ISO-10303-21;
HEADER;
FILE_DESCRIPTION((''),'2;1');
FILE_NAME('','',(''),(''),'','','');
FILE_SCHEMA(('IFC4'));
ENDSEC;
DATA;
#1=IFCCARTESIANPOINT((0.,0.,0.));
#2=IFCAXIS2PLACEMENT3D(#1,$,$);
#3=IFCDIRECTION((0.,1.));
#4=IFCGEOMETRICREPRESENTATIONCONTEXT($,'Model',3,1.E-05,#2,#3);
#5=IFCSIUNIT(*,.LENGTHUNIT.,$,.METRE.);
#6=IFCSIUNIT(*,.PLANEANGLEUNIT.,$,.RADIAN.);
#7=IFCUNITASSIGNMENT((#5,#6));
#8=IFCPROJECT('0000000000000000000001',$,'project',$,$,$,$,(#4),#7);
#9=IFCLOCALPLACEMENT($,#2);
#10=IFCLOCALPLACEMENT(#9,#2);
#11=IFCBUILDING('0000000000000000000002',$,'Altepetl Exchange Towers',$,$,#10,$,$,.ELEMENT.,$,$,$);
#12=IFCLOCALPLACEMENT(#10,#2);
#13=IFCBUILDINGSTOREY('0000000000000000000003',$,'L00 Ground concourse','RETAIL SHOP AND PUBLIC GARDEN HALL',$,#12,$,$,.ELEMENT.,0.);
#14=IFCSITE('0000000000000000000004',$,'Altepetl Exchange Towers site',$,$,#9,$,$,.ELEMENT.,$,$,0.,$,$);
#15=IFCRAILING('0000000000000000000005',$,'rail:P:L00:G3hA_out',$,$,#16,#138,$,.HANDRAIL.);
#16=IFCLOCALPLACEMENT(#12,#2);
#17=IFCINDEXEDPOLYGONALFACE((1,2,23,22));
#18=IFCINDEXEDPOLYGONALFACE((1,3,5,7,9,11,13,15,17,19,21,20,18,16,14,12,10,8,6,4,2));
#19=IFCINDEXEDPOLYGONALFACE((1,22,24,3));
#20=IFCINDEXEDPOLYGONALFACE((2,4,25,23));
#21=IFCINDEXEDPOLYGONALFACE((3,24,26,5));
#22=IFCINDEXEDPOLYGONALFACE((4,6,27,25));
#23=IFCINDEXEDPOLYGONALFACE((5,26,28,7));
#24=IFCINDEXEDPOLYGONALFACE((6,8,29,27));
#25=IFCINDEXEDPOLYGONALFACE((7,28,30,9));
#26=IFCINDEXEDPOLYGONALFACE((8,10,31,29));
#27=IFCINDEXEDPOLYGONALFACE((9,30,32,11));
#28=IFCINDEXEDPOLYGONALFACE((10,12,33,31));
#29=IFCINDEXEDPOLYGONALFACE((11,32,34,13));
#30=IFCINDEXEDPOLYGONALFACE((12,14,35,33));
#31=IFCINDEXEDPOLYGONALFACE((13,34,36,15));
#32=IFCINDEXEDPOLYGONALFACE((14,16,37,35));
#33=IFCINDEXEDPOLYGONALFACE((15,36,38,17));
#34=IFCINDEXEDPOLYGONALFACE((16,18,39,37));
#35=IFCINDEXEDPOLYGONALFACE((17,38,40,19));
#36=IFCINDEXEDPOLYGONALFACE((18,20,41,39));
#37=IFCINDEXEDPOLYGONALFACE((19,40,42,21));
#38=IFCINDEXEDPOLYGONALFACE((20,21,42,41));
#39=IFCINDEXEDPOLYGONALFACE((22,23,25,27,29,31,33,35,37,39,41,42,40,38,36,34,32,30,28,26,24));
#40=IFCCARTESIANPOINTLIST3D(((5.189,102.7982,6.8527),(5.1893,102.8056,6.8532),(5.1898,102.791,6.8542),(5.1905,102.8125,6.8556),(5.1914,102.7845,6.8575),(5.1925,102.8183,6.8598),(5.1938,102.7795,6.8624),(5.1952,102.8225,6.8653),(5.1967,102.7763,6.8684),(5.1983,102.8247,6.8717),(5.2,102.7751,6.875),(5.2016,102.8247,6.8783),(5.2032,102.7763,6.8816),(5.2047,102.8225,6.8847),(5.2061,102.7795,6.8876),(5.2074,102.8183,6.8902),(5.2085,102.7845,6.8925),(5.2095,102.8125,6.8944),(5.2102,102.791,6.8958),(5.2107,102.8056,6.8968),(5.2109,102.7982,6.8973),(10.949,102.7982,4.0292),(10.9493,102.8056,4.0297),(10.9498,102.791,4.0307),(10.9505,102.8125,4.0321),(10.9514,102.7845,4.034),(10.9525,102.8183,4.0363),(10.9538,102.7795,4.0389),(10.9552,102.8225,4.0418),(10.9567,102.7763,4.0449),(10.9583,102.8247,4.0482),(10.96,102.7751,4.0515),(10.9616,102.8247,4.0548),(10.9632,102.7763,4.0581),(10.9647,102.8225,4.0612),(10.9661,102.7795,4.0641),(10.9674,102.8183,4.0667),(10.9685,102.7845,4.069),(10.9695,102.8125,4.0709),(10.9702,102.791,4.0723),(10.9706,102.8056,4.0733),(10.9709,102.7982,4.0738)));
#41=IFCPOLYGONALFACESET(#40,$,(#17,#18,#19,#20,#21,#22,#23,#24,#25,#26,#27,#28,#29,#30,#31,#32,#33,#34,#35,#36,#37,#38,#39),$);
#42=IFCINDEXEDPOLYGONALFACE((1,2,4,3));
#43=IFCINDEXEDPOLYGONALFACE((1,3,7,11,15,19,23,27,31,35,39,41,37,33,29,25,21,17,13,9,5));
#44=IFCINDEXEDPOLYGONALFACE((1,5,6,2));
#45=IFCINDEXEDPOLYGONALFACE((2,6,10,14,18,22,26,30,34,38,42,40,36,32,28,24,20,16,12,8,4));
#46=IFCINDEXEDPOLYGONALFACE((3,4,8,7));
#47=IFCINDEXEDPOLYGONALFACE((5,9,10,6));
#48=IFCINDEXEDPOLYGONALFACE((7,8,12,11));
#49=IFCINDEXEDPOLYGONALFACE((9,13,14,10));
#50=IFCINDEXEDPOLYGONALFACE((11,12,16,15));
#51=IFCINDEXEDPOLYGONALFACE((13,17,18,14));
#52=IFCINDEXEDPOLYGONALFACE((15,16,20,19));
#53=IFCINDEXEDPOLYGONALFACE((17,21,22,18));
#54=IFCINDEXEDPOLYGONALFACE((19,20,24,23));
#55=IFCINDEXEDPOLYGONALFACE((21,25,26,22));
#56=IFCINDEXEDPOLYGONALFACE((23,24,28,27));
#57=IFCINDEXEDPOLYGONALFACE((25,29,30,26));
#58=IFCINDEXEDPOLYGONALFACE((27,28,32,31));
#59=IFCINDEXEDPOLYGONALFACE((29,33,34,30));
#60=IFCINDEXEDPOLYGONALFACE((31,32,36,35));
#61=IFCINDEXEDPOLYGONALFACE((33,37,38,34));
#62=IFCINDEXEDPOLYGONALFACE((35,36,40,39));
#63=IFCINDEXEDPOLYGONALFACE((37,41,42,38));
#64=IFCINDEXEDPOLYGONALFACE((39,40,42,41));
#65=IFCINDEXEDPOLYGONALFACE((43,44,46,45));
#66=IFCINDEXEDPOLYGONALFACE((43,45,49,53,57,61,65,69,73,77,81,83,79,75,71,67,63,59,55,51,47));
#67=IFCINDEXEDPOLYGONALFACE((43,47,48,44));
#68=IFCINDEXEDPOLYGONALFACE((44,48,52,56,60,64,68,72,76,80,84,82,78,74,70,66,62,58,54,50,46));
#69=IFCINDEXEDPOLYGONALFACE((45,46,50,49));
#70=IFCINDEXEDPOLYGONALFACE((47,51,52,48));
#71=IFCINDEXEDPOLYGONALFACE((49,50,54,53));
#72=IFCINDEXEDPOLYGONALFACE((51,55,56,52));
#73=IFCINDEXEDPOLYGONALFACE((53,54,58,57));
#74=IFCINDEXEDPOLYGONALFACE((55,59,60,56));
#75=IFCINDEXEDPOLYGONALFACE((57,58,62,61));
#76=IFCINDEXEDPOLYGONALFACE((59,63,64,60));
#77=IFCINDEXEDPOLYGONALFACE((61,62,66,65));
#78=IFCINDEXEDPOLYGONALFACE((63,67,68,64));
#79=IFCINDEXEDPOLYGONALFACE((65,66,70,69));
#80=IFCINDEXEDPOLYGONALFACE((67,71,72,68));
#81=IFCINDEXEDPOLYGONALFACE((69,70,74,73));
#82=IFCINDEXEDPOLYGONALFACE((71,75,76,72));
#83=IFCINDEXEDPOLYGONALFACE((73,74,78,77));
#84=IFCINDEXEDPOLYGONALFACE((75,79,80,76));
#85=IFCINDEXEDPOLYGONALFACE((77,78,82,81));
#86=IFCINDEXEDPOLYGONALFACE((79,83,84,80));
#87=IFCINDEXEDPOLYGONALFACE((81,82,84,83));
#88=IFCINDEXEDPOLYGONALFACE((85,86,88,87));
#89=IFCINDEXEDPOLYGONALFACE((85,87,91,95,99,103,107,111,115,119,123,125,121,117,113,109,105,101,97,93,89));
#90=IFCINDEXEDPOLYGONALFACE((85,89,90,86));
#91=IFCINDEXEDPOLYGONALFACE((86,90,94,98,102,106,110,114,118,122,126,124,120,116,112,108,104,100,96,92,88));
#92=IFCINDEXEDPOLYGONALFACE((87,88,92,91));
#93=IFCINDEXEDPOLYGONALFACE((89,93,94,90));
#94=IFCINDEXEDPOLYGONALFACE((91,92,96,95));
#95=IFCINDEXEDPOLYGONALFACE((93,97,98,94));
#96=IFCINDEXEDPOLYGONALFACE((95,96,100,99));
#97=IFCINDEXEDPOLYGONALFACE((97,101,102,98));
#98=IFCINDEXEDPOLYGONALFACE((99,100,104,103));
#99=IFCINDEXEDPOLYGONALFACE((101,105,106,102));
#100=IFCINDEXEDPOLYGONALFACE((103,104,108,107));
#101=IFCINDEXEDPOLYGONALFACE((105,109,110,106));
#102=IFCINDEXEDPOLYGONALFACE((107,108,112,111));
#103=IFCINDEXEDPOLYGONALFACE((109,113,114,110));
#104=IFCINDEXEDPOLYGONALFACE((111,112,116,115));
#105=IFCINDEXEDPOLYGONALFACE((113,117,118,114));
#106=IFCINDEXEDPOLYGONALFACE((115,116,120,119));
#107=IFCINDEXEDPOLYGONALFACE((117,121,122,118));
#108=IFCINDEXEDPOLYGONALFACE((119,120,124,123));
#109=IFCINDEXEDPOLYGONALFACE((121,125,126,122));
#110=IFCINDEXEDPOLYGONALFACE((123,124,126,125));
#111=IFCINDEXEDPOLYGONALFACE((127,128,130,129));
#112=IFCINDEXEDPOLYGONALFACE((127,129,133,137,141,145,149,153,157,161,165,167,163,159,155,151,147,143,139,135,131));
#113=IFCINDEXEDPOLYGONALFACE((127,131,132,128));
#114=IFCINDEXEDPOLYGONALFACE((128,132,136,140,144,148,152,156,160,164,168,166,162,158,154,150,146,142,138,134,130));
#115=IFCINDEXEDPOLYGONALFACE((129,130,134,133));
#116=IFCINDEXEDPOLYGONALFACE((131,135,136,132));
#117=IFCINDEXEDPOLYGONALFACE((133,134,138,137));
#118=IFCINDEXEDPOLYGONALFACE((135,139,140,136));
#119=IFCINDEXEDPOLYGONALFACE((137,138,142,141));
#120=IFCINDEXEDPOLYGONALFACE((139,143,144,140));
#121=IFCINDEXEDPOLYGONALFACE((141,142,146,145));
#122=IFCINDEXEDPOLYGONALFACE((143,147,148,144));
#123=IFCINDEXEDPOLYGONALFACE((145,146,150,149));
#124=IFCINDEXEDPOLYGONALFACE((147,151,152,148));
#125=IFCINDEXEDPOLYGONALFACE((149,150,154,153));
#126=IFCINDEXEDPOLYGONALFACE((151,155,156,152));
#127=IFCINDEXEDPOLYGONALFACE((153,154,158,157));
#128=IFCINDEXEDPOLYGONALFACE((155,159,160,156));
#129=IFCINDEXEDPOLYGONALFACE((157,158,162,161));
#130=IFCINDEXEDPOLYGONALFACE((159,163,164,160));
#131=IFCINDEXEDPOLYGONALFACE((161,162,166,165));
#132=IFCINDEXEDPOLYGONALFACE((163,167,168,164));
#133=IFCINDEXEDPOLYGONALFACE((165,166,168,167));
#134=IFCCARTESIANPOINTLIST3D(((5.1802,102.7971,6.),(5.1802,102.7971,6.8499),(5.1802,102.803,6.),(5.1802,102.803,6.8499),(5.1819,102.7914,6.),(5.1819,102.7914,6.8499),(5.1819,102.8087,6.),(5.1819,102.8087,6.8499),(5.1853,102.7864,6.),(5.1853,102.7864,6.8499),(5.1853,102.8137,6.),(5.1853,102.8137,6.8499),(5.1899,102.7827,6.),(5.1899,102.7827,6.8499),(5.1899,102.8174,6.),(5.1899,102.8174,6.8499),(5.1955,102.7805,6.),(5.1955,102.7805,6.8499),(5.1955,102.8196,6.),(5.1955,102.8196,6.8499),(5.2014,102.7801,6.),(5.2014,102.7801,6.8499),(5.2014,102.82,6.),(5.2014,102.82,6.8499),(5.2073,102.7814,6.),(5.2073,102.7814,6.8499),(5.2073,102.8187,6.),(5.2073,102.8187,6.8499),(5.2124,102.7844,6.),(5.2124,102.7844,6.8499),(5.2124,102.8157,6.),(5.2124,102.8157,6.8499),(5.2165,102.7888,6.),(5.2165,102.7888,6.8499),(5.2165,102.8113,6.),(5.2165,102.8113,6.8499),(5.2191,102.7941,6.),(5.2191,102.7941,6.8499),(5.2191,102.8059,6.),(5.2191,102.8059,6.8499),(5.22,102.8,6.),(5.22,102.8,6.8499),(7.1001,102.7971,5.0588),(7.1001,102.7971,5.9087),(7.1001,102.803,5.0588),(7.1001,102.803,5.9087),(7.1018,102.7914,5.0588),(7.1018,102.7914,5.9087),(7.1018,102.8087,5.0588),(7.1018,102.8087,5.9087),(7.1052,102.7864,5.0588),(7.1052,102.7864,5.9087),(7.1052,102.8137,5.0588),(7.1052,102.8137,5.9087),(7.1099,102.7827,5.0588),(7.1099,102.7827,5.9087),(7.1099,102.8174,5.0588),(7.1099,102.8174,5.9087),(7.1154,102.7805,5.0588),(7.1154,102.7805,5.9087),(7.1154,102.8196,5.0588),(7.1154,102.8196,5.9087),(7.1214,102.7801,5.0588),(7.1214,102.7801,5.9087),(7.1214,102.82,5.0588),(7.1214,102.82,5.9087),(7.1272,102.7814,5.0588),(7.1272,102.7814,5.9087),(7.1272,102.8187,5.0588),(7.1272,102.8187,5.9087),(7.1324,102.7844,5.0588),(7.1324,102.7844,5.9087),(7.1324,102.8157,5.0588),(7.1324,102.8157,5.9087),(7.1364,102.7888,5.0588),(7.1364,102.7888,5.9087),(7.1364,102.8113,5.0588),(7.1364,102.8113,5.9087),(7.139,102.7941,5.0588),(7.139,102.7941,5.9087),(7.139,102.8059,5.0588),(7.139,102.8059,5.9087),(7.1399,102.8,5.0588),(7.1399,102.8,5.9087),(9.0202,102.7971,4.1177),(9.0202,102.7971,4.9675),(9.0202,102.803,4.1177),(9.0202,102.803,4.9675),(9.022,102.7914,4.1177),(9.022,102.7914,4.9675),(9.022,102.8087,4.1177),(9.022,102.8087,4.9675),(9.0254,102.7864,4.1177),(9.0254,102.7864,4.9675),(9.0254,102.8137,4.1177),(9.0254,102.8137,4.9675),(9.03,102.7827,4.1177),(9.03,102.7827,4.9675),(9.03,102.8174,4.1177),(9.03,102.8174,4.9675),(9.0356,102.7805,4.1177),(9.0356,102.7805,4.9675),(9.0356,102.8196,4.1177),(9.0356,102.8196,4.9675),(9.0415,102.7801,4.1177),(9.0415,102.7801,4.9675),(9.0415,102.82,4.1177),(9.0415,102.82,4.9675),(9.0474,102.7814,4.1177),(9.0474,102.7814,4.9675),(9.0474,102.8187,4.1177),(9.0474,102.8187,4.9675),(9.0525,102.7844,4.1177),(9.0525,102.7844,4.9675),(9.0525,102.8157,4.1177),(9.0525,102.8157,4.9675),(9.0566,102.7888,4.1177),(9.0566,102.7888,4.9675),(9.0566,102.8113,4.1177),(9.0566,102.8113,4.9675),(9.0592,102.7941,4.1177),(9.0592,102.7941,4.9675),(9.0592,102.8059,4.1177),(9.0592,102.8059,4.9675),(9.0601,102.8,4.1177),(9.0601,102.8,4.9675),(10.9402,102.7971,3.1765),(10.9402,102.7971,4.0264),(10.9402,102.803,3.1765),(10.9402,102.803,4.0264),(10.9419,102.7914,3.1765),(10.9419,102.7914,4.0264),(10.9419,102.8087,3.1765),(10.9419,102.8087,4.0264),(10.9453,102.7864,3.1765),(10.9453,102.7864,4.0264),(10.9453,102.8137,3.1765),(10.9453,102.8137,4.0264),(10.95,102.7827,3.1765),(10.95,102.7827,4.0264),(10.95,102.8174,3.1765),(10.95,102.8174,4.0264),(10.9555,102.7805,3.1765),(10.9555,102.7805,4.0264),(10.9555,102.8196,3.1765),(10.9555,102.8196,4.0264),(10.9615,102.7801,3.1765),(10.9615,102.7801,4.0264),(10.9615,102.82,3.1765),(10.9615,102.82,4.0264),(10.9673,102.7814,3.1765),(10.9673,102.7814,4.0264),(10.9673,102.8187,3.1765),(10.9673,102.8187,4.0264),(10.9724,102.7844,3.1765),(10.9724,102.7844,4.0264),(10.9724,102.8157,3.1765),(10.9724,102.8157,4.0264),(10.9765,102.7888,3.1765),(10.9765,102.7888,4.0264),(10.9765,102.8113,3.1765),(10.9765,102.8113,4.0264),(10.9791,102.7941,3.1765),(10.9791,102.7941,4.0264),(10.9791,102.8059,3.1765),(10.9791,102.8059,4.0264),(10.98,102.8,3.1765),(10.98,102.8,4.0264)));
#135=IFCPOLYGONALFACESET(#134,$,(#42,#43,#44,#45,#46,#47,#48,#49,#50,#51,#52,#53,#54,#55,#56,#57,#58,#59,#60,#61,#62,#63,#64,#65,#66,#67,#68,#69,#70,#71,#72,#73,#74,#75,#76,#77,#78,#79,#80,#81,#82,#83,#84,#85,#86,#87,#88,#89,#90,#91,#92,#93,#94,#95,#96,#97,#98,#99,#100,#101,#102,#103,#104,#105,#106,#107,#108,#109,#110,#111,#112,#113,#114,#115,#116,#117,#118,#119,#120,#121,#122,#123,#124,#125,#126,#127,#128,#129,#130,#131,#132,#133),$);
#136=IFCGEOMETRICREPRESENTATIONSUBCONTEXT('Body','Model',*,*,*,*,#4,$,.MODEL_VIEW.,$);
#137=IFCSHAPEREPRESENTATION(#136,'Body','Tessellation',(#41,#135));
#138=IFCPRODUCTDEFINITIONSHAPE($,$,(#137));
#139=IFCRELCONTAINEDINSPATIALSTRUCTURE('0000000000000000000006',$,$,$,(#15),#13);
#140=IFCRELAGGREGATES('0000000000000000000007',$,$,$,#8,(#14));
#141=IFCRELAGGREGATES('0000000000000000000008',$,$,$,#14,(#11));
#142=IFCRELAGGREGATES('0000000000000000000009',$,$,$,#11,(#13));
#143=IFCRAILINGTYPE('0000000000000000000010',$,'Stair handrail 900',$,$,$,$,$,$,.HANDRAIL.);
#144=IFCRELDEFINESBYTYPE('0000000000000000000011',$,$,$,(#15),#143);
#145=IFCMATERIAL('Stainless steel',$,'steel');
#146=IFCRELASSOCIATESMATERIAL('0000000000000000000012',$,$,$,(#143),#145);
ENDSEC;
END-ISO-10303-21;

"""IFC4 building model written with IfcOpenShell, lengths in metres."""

from ifc_helpers import new_model, si_unit, direction, frame, origin, origin_2d, place, context, subcontext, project, spatial, circle, extrude, source, transform, mapped, material, type_object, element, save


model = new_model("IFC4")

# Units and contexts
model_context = context("Model", 3, precision=1e-05, world=origin(), true_north=direction((0.0, 1.0)))
body_context = subcontext(model_context, "Body", "Model", "MODEL_VIEW")
ifc_project = project(units=[si_unit("LENGTHUNIT", "METRE"), si_unit("PLANEANGLEUNIT", "RADIAN")], contexts=[model_context])

# Site, building, storey
site_placement = place(None, origin())
site = spatial("IfcSite", under=ifc_project, at=site_placement, Name="Altepetl Exchange Towers site", CompositionType="ELEMENT", RefElevation=0.0)
building_placement = place(site_placement, origin())
building = spatial("IfcBuilding", under=site, at=building_placement, Name="Altepetl Exchange Towers", CompositionType="ELEMENT")
storey_placement = place(building_placement, origin())
storey = spatial("IfcBuildingStorey", under=building, at=storey_placement, Name="L00 Ground concourse", Description="RETAIL SHOP AND PUBLIC GARDEN HALL", CompositionType="ELEMENT", Elevation=0.0)

# Railing
ifc_material_1 = material(Name="Stainless steel", Category="steel")
railing_type_1 = type_object("IfcRailingType", Name="Stair handrail 900", PredefinedType="HANDRAIL", material=ifc_material_1)
shared_shape_1 = source(origin(), body_context, "Body", "SweptSolid", [
    extrude(circle(Radius=0.02, at=origin_2d()), origin(), (0.0, 0.0, 1.0), 0.8499),
])
for number, where, name in (
    (1, (10.96, 102.8, 3.1765), "rail:P:L00:G3hA_out"),
):
    element("IfcRailing", number, at=place(storey_placement, frame(where)), inside=storey, type_object=railing_type_1, Name=name, PredefinedType="HANDRAIL", context=body_context, shape_type="SweptSolid", body=[
        extrude(circle(Radius=0.0249, at=origin_2d()), frame((0.0, 0.0, 0.875), z_axis=(-0.897924, 0.0, 0.440151), x_axis=(0.0, -1.0, 0.0)), (0.0, 0.0, 1.0), 6.4148),
        mapped(shared_shape_1, transform((0.0, 0.0, 0.0))),
        mapped(shared_shape_1, transform((-1.9199, 0.0, 0.9412))),
        mapped(shared_shape_1, transform((-3.8401, 0.0, 1.8823))),
        mapped(shared_shape_1, transform((-5.76, 0.0, 2.8235))),
    ])

save(model, "model.ifc")
